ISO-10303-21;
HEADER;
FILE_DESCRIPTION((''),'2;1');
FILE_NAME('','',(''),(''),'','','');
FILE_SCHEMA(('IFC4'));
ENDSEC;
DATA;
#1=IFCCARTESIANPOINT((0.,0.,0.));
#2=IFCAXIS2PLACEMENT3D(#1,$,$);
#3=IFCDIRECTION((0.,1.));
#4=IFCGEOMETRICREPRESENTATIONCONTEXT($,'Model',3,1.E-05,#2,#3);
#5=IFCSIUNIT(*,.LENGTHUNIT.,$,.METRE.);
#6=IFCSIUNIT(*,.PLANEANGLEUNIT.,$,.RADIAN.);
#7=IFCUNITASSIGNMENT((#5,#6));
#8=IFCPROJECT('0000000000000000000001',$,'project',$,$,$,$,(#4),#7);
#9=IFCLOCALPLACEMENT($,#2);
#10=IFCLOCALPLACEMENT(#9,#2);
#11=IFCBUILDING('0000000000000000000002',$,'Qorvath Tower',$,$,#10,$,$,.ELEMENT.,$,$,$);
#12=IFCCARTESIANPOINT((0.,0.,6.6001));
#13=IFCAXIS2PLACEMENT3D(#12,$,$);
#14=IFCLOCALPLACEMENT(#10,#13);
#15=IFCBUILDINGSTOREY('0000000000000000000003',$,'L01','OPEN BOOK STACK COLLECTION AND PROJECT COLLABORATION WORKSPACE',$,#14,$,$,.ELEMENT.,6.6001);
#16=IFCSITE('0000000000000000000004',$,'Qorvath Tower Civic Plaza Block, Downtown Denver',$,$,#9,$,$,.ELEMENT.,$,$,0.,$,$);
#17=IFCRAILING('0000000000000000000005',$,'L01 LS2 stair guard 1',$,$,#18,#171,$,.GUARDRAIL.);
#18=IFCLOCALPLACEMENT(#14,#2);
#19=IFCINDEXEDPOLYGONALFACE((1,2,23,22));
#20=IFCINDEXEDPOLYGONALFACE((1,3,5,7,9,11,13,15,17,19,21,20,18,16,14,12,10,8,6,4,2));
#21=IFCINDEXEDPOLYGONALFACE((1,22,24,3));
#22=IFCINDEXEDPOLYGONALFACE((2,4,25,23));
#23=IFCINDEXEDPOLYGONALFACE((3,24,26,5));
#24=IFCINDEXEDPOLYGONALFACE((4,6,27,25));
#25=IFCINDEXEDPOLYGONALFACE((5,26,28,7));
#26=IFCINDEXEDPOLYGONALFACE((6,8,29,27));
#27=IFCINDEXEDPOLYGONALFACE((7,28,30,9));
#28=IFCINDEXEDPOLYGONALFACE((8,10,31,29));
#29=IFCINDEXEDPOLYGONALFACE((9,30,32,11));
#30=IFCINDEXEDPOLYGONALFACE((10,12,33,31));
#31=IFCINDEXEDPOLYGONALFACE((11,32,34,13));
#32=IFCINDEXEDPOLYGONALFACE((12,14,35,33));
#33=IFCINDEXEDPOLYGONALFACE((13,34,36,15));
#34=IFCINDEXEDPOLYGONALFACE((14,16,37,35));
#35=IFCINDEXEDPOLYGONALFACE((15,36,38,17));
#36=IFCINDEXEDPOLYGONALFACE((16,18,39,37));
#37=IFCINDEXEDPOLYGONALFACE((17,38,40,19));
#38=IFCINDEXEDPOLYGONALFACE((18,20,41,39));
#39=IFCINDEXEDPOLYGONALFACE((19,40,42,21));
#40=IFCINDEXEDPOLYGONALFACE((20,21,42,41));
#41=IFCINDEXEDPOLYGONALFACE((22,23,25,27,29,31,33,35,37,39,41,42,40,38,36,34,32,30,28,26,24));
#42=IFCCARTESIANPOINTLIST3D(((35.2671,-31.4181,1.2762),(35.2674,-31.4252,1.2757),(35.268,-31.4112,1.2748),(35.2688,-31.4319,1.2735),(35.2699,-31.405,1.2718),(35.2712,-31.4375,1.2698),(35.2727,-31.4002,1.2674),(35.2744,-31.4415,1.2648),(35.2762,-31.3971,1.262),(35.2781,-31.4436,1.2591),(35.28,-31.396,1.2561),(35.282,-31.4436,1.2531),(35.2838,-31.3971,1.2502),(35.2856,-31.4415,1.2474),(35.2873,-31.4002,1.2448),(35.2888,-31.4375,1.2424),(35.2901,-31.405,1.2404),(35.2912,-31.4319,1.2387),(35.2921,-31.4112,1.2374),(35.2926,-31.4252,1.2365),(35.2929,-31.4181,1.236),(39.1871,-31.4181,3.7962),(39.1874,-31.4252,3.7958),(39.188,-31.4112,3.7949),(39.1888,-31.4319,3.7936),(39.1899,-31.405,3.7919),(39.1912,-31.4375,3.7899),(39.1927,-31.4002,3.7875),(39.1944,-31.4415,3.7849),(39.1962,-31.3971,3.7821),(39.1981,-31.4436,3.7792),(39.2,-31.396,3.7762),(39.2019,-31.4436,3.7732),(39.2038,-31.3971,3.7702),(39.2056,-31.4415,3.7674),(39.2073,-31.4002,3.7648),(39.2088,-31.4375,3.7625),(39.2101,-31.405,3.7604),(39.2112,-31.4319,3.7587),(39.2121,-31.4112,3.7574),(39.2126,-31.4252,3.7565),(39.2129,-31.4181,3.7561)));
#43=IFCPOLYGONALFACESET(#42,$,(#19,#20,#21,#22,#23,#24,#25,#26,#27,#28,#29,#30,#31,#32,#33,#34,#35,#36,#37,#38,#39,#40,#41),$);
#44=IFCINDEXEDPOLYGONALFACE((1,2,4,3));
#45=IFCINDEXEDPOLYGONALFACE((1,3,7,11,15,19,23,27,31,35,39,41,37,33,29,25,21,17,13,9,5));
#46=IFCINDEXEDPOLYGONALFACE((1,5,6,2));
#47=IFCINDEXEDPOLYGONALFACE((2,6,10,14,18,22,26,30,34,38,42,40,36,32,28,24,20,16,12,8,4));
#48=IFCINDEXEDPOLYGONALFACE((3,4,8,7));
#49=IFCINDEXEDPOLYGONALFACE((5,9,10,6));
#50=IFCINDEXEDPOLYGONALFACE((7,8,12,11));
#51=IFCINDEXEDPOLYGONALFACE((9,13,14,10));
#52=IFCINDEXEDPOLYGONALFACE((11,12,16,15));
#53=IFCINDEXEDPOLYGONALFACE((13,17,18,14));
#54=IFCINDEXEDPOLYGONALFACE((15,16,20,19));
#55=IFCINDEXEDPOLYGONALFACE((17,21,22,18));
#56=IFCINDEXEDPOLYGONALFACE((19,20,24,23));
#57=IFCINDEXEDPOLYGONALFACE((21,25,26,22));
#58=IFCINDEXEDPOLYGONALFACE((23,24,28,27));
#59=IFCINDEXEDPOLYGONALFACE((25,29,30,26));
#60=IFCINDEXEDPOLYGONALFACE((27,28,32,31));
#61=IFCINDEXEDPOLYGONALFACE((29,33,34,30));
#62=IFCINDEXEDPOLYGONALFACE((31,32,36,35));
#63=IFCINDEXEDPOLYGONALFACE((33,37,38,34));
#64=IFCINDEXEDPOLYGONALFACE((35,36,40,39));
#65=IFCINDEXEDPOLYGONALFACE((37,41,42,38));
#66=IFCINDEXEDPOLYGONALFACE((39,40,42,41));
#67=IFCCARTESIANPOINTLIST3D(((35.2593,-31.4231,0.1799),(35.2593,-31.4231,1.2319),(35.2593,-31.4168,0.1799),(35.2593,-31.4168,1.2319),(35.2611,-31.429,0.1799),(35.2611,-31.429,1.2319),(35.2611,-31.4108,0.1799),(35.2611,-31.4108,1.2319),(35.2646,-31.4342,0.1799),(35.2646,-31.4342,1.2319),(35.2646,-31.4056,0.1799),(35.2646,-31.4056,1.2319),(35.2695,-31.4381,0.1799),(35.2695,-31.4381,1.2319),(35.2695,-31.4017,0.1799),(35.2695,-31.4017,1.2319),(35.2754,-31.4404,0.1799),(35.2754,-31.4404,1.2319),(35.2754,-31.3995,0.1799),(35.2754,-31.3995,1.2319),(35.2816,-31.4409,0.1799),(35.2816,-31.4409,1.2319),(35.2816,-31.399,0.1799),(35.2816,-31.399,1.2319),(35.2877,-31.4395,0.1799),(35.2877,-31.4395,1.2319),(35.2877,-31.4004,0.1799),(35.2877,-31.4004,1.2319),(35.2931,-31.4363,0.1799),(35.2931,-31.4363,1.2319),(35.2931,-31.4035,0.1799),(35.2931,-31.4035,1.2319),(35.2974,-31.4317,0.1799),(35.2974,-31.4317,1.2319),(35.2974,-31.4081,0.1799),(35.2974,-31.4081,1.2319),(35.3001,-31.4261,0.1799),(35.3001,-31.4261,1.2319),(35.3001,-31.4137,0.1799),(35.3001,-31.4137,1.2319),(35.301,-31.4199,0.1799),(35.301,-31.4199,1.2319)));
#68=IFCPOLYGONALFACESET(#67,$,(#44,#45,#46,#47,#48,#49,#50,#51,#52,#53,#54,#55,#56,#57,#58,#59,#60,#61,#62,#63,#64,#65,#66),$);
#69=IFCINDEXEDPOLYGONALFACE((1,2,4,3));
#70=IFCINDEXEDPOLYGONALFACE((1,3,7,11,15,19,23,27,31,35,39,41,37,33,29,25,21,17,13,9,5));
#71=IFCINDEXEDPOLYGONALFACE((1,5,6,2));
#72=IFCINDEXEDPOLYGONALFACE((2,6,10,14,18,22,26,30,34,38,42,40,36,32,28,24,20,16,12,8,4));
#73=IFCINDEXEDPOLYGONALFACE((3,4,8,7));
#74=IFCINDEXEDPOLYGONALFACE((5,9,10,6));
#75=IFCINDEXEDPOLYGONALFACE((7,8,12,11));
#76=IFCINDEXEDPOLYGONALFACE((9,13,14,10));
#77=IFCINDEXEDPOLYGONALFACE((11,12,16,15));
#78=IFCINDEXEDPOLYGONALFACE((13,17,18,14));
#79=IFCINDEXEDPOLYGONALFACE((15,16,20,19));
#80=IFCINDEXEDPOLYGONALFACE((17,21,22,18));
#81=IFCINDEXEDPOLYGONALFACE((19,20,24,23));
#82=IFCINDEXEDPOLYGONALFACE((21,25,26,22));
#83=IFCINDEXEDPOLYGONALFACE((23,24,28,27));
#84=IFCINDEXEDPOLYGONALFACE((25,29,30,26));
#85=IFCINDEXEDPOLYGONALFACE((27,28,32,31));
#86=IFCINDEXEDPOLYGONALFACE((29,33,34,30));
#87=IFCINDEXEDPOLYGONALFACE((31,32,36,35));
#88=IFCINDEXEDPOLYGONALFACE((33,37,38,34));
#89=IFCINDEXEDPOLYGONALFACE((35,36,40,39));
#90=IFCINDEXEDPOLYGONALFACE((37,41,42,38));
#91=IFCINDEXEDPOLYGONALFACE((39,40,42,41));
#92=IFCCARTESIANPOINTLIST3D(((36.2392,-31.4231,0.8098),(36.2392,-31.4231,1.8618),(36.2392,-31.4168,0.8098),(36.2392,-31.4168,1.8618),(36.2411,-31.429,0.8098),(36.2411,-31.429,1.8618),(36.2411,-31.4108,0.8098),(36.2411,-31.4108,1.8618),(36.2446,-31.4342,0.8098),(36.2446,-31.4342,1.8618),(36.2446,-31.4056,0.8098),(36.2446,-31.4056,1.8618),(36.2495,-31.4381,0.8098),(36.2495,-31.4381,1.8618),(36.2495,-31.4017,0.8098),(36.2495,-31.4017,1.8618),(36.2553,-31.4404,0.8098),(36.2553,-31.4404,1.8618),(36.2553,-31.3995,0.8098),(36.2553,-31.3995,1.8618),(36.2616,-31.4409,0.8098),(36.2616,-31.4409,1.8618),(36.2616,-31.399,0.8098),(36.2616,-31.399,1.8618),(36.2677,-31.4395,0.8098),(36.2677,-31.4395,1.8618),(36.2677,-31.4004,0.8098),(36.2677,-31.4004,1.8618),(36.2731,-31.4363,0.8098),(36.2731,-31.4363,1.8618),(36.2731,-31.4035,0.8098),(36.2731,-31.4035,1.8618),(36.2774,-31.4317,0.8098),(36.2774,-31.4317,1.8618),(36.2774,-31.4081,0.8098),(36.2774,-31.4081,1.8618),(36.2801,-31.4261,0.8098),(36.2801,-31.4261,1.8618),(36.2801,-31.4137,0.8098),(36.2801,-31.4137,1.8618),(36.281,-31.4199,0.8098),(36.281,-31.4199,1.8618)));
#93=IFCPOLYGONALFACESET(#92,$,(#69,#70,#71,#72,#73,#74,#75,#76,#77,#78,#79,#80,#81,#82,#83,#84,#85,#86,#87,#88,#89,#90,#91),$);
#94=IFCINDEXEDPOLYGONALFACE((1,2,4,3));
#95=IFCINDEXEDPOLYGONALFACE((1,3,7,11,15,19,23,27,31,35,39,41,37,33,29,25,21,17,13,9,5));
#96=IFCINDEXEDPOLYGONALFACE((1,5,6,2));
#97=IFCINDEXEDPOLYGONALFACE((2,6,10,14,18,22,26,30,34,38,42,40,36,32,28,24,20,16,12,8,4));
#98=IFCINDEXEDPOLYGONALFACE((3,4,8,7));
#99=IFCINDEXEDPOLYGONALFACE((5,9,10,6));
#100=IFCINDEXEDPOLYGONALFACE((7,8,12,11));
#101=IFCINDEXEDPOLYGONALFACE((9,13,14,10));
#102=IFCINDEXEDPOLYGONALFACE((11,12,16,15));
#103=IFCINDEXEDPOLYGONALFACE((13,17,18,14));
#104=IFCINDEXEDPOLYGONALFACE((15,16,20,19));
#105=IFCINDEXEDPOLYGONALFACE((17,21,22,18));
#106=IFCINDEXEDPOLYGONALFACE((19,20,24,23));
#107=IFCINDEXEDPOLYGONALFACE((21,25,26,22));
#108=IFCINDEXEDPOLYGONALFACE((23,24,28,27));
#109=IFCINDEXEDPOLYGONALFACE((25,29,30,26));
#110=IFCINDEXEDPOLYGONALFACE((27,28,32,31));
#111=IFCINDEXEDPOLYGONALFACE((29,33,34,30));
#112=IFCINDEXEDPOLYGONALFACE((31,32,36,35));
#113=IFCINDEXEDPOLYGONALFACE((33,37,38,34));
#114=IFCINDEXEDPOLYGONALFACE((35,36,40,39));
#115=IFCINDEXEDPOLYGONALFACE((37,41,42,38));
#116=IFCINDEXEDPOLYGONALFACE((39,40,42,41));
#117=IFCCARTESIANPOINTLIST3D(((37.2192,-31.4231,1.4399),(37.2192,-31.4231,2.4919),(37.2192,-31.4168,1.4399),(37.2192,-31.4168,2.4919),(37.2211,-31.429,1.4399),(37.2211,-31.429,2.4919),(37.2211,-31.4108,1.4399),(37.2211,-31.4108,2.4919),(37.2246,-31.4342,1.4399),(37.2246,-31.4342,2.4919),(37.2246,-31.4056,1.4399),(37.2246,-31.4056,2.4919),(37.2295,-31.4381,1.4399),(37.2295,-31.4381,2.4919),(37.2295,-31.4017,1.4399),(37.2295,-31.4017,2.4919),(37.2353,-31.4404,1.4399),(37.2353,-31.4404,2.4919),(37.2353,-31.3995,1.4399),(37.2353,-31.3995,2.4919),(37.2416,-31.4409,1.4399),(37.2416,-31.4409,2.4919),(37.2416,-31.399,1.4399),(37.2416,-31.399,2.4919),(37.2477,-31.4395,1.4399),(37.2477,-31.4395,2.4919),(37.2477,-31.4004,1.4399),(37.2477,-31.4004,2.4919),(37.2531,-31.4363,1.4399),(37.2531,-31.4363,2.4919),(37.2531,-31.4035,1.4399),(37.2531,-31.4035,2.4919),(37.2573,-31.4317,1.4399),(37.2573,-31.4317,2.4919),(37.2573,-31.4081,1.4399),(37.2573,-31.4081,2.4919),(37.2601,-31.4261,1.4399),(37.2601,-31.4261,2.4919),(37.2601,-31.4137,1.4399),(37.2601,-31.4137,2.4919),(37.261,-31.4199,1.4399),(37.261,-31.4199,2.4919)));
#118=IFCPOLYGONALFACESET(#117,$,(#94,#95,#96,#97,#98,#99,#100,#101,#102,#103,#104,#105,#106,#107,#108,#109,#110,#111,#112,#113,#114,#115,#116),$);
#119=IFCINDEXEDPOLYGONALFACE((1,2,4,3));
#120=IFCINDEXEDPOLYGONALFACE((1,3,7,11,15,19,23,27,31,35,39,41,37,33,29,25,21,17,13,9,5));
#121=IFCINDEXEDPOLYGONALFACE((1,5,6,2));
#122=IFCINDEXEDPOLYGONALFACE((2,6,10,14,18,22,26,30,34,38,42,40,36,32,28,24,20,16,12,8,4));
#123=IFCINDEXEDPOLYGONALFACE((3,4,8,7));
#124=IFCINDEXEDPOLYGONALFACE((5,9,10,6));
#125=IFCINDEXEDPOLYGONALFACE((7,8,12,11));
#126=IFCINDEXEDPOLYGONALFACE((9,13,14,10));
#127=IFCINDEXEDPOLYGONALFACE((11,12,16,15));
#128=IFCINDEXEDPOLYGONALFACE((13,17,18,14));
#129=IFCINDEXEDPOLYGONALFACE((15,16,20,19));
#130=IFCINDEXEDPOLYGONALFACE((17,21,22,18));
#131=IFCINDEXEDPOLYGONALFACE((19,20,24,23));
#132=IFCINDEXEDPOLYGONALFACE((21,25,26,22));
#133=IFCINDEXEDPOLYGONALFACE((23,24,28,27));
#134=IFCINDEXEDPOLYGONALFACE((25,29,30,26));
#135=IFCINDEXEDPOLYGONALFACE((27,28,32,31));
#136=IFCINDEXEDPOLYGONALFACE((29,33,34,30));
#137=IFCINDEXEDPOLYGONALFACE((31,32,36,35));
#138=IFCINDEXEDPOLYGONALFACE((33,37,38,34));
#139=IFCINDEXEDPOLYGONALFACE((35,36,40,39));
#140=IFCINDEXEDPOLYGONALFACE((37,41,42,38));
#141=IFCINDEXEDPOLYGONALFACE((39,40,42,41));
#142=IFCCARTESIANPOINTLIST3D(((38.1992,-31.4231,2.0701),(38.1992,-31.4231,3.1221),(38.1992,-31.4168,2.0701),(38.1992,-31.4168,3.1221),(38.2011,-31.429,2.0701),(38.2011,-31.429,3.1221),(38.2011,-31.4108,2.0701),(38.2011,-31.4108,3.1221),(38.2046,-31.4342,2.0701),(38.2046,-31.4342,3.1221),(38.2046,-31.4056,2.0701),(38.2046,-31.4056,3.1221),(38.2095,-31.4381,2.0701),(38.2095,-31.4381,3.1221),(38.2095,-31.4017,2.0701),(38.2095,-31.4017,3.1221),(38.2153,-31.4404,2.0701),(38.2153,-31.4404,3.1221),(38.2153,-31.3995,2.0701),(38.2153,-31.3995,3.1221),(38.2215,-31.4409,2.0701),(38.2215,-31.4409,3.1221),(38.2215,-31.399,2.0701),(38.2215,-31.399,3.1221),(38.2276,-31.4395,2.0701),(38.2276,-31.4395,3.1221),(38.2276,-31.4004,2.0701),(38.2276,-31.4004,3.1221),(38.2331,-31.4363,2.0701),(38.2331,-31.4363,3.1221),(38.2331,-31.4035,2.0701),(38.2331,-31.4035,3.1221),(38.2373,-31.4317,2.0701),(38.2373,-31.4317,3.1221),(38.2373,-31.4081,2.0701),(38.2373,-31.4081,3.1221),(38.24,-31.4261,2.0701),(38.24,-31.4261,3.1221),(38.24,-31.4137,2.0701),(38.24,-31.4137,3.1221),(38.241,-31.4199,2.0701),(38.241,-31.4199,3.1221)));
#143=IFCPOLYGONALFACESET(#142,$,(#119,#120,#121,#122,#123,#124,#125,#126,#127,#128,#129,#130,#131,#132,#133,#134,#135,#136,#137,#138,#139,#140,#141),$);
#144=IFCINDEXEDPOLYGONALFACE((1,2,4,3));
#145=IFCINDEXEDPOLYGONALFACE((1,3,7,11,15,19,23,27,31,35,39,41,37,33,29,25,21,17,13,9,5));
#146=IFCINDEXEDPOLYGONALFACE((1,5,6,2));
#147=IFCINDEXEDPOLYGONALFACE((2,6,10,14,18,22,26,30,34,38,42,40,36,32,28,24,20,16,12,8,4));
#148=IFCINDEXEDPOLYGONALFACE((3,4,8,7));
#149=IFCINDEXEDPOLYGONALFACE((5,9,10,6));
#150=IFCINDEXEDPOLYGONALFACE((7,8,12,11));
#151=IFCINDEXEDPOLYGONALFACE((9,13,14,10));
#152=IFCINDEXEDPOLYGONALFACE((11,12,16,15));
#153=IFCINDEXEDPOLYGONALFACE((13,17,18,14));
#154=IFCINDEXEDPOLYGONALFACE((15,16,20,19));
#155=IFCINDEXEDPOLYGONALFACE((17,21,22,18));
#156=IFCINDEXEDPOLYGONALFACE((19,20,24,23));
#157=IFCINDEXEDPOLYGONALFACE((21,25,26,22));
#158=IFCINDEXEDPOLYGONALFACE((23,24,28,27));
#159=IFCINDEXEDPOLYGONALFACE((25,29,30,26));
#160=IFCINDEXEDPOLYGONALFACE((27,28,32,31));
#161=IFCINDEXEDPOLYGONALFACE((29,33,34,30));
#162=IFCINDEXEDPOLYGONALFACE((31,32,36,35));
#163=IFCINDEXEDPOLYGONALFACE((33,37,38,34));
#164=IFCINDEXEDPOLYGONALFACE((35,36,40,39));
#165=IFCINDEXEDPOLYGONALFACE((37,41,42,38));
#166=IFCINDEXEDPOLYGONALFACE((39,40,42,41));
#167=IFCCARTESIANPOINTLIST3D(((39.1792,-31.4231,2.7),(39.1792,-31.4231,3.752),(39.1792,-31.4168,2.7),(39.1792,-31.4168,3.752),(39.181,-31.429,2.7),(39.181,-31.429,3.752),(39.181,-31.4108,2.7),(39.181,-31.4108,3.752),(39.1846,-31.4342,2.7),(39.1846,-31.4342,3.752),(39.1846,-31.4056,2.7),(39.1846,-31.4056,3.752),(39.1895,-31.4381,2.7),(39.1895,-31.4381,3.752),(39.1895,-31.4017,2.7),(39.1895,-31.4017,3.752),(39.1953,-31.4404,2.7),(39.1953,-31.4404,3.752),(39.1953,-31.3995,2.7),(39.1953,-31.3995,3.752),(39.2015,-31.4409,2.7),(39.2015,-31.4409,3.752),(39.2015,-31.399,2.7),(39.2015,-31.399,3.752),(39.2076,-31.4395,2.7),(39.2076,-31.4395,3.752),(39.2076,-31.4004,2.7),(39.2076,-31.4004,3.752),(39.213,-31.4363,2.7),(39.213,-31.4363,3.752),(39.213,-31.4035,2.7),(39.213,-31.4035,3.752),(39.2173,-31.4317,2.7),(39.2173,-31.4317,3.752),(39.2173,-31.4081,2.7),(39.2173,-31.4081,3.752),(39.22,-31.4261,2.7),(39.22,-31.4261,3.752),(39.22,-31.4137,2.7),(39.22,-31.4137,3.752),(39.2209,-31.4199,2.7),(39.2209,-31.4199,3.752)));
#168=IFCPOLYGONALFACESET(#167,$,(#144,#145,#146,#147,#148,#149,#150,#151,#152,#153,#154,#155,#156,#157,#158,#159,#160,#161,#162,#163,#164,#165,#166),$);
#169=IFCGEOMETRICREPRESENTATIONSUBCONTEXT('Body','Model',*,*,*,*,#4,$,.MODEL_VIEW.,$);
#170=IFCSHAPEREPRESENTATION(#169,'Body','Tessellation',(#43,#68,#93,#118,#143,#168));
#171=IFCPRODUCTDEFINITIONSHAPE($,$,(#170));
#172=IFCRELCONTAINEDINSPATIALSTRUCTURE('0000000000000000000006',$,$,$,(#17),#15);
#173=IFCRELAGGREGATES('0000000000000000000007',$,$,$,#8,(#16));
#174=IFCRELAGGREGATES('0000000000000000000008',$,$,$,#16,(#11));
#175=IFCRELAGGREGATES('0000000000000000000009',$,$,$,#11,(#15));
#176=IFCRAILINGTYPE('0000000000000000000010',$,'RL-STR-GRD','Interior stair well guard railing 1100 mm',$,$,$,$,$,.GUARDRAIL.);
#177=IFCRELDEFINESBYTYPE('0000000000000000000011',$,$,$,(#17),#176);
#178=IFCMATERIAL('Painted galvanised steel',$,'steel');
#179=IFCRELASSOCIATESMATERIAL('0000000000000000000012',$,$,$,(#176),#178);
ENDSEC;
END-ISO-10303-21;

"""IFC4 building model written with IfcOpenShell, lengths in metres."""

from ifc_helpers import new_model, si_unit, direction, frame, origin, origin_2d, place, context, subcontext, project, spatial, circle, extrude, material, type_object, element, save


model = new_model("IFC4")

# Units and contexts
model_context = context("Model", 3, precision=1e-05, world=origin(), true_north=direction((0.0, 1.0)))
body_context = subcontext(model_context, "Body", "Model", "MODEL_VIEW")
ifc_project = project(units=[si_unit("LENGTHUNIT", "METRE"), si_unit("PLANEANGLEUNIT", "RADIAN")], contexts=[model_context])

# Site, building, storey
site_placement = place(None, origin())
site = spatial("IfcSite", under=ifc_project, at=site_placement, Name="Qorvath Tower Civic Plaza Block, Downtown Denver", CompositionType="ELEMENT", RefElevation=0.0)
building_placement = place(site_placement, origin())
building = spatial("IfcBuilding", under=site, at=building_placement, Name="Qorvath Tower", CompositionType="ELEMENT")
storey_placement = place(building_placement, frame((0.0, 0.0, 6.6001)))
storey = spatial("IfcBuildingStorey", under=building, at=storey_placement, Name="L01", Description="OPEN BOOK STACK COLLECTION AND PROJECT COLLABORATION WORKSPACE", CompositionType="ELEMENT", Elevation=6.6001)

# Railing
ifc_material_1 = material(Name="Painted galvanised steel", Category="steel")
railing_type_1 = type_object("IfcRailingType", Name="RL-STR-GRD", Description="Interior stair well guard railing 1100 mm", PredefinedType="GUARDRAIL", material=ifc_material_1)
railing_1_placement = place(storey_placement, frame((35.28, -31.4199, 0.1799)))
element("IfcRailing", 1, at=railing_1_placement, inside=storey, type_object=railing_type_1, Name="L01 LS2 stair guard 1", PredefinedType="GUARDRAIL", context=body_context, shape_type="SweptSolid", body=[
    extrude(circle(Radius=0.0239, at=origin_2d()), frame((0.0, 0.0, 1.0762), z_axis=(0.841172, 0.0, 0.540768), x_axis=(0.0, 1.0, 0.0)), (0.0, 0.0, 1.0), 4.6602),
    extrude(circle(Radius=0.021, at=origin_2d()), origin(), (0.0, 0.0, 1.0), 1.052),
    extrude(circle(Radius=0.021, at=origin_2d()), frame((0.98, 0.0, 0.6299)), (0.0, 0.0, 1.0), 1.052),
    extrude(circle(Radius=0.021, at=origin_2d()), frame((1.96, 0.0, 1.26)), (0.0, 0.0, 1.0), 1.052),
    extrude(circle(Radius=0.021, at=origin_2d()), frame((2.9399, 0.0, 1.8901)), (0.0, 0.0, 1.0), 1.052),
    extrude(circle(Radius=0.021, at=origin_2d()), frame((3.9199, 0.0, 2.52)), (0.0, 0.0, 1.0), 1.052),
])

save(model, "model.ifc")
